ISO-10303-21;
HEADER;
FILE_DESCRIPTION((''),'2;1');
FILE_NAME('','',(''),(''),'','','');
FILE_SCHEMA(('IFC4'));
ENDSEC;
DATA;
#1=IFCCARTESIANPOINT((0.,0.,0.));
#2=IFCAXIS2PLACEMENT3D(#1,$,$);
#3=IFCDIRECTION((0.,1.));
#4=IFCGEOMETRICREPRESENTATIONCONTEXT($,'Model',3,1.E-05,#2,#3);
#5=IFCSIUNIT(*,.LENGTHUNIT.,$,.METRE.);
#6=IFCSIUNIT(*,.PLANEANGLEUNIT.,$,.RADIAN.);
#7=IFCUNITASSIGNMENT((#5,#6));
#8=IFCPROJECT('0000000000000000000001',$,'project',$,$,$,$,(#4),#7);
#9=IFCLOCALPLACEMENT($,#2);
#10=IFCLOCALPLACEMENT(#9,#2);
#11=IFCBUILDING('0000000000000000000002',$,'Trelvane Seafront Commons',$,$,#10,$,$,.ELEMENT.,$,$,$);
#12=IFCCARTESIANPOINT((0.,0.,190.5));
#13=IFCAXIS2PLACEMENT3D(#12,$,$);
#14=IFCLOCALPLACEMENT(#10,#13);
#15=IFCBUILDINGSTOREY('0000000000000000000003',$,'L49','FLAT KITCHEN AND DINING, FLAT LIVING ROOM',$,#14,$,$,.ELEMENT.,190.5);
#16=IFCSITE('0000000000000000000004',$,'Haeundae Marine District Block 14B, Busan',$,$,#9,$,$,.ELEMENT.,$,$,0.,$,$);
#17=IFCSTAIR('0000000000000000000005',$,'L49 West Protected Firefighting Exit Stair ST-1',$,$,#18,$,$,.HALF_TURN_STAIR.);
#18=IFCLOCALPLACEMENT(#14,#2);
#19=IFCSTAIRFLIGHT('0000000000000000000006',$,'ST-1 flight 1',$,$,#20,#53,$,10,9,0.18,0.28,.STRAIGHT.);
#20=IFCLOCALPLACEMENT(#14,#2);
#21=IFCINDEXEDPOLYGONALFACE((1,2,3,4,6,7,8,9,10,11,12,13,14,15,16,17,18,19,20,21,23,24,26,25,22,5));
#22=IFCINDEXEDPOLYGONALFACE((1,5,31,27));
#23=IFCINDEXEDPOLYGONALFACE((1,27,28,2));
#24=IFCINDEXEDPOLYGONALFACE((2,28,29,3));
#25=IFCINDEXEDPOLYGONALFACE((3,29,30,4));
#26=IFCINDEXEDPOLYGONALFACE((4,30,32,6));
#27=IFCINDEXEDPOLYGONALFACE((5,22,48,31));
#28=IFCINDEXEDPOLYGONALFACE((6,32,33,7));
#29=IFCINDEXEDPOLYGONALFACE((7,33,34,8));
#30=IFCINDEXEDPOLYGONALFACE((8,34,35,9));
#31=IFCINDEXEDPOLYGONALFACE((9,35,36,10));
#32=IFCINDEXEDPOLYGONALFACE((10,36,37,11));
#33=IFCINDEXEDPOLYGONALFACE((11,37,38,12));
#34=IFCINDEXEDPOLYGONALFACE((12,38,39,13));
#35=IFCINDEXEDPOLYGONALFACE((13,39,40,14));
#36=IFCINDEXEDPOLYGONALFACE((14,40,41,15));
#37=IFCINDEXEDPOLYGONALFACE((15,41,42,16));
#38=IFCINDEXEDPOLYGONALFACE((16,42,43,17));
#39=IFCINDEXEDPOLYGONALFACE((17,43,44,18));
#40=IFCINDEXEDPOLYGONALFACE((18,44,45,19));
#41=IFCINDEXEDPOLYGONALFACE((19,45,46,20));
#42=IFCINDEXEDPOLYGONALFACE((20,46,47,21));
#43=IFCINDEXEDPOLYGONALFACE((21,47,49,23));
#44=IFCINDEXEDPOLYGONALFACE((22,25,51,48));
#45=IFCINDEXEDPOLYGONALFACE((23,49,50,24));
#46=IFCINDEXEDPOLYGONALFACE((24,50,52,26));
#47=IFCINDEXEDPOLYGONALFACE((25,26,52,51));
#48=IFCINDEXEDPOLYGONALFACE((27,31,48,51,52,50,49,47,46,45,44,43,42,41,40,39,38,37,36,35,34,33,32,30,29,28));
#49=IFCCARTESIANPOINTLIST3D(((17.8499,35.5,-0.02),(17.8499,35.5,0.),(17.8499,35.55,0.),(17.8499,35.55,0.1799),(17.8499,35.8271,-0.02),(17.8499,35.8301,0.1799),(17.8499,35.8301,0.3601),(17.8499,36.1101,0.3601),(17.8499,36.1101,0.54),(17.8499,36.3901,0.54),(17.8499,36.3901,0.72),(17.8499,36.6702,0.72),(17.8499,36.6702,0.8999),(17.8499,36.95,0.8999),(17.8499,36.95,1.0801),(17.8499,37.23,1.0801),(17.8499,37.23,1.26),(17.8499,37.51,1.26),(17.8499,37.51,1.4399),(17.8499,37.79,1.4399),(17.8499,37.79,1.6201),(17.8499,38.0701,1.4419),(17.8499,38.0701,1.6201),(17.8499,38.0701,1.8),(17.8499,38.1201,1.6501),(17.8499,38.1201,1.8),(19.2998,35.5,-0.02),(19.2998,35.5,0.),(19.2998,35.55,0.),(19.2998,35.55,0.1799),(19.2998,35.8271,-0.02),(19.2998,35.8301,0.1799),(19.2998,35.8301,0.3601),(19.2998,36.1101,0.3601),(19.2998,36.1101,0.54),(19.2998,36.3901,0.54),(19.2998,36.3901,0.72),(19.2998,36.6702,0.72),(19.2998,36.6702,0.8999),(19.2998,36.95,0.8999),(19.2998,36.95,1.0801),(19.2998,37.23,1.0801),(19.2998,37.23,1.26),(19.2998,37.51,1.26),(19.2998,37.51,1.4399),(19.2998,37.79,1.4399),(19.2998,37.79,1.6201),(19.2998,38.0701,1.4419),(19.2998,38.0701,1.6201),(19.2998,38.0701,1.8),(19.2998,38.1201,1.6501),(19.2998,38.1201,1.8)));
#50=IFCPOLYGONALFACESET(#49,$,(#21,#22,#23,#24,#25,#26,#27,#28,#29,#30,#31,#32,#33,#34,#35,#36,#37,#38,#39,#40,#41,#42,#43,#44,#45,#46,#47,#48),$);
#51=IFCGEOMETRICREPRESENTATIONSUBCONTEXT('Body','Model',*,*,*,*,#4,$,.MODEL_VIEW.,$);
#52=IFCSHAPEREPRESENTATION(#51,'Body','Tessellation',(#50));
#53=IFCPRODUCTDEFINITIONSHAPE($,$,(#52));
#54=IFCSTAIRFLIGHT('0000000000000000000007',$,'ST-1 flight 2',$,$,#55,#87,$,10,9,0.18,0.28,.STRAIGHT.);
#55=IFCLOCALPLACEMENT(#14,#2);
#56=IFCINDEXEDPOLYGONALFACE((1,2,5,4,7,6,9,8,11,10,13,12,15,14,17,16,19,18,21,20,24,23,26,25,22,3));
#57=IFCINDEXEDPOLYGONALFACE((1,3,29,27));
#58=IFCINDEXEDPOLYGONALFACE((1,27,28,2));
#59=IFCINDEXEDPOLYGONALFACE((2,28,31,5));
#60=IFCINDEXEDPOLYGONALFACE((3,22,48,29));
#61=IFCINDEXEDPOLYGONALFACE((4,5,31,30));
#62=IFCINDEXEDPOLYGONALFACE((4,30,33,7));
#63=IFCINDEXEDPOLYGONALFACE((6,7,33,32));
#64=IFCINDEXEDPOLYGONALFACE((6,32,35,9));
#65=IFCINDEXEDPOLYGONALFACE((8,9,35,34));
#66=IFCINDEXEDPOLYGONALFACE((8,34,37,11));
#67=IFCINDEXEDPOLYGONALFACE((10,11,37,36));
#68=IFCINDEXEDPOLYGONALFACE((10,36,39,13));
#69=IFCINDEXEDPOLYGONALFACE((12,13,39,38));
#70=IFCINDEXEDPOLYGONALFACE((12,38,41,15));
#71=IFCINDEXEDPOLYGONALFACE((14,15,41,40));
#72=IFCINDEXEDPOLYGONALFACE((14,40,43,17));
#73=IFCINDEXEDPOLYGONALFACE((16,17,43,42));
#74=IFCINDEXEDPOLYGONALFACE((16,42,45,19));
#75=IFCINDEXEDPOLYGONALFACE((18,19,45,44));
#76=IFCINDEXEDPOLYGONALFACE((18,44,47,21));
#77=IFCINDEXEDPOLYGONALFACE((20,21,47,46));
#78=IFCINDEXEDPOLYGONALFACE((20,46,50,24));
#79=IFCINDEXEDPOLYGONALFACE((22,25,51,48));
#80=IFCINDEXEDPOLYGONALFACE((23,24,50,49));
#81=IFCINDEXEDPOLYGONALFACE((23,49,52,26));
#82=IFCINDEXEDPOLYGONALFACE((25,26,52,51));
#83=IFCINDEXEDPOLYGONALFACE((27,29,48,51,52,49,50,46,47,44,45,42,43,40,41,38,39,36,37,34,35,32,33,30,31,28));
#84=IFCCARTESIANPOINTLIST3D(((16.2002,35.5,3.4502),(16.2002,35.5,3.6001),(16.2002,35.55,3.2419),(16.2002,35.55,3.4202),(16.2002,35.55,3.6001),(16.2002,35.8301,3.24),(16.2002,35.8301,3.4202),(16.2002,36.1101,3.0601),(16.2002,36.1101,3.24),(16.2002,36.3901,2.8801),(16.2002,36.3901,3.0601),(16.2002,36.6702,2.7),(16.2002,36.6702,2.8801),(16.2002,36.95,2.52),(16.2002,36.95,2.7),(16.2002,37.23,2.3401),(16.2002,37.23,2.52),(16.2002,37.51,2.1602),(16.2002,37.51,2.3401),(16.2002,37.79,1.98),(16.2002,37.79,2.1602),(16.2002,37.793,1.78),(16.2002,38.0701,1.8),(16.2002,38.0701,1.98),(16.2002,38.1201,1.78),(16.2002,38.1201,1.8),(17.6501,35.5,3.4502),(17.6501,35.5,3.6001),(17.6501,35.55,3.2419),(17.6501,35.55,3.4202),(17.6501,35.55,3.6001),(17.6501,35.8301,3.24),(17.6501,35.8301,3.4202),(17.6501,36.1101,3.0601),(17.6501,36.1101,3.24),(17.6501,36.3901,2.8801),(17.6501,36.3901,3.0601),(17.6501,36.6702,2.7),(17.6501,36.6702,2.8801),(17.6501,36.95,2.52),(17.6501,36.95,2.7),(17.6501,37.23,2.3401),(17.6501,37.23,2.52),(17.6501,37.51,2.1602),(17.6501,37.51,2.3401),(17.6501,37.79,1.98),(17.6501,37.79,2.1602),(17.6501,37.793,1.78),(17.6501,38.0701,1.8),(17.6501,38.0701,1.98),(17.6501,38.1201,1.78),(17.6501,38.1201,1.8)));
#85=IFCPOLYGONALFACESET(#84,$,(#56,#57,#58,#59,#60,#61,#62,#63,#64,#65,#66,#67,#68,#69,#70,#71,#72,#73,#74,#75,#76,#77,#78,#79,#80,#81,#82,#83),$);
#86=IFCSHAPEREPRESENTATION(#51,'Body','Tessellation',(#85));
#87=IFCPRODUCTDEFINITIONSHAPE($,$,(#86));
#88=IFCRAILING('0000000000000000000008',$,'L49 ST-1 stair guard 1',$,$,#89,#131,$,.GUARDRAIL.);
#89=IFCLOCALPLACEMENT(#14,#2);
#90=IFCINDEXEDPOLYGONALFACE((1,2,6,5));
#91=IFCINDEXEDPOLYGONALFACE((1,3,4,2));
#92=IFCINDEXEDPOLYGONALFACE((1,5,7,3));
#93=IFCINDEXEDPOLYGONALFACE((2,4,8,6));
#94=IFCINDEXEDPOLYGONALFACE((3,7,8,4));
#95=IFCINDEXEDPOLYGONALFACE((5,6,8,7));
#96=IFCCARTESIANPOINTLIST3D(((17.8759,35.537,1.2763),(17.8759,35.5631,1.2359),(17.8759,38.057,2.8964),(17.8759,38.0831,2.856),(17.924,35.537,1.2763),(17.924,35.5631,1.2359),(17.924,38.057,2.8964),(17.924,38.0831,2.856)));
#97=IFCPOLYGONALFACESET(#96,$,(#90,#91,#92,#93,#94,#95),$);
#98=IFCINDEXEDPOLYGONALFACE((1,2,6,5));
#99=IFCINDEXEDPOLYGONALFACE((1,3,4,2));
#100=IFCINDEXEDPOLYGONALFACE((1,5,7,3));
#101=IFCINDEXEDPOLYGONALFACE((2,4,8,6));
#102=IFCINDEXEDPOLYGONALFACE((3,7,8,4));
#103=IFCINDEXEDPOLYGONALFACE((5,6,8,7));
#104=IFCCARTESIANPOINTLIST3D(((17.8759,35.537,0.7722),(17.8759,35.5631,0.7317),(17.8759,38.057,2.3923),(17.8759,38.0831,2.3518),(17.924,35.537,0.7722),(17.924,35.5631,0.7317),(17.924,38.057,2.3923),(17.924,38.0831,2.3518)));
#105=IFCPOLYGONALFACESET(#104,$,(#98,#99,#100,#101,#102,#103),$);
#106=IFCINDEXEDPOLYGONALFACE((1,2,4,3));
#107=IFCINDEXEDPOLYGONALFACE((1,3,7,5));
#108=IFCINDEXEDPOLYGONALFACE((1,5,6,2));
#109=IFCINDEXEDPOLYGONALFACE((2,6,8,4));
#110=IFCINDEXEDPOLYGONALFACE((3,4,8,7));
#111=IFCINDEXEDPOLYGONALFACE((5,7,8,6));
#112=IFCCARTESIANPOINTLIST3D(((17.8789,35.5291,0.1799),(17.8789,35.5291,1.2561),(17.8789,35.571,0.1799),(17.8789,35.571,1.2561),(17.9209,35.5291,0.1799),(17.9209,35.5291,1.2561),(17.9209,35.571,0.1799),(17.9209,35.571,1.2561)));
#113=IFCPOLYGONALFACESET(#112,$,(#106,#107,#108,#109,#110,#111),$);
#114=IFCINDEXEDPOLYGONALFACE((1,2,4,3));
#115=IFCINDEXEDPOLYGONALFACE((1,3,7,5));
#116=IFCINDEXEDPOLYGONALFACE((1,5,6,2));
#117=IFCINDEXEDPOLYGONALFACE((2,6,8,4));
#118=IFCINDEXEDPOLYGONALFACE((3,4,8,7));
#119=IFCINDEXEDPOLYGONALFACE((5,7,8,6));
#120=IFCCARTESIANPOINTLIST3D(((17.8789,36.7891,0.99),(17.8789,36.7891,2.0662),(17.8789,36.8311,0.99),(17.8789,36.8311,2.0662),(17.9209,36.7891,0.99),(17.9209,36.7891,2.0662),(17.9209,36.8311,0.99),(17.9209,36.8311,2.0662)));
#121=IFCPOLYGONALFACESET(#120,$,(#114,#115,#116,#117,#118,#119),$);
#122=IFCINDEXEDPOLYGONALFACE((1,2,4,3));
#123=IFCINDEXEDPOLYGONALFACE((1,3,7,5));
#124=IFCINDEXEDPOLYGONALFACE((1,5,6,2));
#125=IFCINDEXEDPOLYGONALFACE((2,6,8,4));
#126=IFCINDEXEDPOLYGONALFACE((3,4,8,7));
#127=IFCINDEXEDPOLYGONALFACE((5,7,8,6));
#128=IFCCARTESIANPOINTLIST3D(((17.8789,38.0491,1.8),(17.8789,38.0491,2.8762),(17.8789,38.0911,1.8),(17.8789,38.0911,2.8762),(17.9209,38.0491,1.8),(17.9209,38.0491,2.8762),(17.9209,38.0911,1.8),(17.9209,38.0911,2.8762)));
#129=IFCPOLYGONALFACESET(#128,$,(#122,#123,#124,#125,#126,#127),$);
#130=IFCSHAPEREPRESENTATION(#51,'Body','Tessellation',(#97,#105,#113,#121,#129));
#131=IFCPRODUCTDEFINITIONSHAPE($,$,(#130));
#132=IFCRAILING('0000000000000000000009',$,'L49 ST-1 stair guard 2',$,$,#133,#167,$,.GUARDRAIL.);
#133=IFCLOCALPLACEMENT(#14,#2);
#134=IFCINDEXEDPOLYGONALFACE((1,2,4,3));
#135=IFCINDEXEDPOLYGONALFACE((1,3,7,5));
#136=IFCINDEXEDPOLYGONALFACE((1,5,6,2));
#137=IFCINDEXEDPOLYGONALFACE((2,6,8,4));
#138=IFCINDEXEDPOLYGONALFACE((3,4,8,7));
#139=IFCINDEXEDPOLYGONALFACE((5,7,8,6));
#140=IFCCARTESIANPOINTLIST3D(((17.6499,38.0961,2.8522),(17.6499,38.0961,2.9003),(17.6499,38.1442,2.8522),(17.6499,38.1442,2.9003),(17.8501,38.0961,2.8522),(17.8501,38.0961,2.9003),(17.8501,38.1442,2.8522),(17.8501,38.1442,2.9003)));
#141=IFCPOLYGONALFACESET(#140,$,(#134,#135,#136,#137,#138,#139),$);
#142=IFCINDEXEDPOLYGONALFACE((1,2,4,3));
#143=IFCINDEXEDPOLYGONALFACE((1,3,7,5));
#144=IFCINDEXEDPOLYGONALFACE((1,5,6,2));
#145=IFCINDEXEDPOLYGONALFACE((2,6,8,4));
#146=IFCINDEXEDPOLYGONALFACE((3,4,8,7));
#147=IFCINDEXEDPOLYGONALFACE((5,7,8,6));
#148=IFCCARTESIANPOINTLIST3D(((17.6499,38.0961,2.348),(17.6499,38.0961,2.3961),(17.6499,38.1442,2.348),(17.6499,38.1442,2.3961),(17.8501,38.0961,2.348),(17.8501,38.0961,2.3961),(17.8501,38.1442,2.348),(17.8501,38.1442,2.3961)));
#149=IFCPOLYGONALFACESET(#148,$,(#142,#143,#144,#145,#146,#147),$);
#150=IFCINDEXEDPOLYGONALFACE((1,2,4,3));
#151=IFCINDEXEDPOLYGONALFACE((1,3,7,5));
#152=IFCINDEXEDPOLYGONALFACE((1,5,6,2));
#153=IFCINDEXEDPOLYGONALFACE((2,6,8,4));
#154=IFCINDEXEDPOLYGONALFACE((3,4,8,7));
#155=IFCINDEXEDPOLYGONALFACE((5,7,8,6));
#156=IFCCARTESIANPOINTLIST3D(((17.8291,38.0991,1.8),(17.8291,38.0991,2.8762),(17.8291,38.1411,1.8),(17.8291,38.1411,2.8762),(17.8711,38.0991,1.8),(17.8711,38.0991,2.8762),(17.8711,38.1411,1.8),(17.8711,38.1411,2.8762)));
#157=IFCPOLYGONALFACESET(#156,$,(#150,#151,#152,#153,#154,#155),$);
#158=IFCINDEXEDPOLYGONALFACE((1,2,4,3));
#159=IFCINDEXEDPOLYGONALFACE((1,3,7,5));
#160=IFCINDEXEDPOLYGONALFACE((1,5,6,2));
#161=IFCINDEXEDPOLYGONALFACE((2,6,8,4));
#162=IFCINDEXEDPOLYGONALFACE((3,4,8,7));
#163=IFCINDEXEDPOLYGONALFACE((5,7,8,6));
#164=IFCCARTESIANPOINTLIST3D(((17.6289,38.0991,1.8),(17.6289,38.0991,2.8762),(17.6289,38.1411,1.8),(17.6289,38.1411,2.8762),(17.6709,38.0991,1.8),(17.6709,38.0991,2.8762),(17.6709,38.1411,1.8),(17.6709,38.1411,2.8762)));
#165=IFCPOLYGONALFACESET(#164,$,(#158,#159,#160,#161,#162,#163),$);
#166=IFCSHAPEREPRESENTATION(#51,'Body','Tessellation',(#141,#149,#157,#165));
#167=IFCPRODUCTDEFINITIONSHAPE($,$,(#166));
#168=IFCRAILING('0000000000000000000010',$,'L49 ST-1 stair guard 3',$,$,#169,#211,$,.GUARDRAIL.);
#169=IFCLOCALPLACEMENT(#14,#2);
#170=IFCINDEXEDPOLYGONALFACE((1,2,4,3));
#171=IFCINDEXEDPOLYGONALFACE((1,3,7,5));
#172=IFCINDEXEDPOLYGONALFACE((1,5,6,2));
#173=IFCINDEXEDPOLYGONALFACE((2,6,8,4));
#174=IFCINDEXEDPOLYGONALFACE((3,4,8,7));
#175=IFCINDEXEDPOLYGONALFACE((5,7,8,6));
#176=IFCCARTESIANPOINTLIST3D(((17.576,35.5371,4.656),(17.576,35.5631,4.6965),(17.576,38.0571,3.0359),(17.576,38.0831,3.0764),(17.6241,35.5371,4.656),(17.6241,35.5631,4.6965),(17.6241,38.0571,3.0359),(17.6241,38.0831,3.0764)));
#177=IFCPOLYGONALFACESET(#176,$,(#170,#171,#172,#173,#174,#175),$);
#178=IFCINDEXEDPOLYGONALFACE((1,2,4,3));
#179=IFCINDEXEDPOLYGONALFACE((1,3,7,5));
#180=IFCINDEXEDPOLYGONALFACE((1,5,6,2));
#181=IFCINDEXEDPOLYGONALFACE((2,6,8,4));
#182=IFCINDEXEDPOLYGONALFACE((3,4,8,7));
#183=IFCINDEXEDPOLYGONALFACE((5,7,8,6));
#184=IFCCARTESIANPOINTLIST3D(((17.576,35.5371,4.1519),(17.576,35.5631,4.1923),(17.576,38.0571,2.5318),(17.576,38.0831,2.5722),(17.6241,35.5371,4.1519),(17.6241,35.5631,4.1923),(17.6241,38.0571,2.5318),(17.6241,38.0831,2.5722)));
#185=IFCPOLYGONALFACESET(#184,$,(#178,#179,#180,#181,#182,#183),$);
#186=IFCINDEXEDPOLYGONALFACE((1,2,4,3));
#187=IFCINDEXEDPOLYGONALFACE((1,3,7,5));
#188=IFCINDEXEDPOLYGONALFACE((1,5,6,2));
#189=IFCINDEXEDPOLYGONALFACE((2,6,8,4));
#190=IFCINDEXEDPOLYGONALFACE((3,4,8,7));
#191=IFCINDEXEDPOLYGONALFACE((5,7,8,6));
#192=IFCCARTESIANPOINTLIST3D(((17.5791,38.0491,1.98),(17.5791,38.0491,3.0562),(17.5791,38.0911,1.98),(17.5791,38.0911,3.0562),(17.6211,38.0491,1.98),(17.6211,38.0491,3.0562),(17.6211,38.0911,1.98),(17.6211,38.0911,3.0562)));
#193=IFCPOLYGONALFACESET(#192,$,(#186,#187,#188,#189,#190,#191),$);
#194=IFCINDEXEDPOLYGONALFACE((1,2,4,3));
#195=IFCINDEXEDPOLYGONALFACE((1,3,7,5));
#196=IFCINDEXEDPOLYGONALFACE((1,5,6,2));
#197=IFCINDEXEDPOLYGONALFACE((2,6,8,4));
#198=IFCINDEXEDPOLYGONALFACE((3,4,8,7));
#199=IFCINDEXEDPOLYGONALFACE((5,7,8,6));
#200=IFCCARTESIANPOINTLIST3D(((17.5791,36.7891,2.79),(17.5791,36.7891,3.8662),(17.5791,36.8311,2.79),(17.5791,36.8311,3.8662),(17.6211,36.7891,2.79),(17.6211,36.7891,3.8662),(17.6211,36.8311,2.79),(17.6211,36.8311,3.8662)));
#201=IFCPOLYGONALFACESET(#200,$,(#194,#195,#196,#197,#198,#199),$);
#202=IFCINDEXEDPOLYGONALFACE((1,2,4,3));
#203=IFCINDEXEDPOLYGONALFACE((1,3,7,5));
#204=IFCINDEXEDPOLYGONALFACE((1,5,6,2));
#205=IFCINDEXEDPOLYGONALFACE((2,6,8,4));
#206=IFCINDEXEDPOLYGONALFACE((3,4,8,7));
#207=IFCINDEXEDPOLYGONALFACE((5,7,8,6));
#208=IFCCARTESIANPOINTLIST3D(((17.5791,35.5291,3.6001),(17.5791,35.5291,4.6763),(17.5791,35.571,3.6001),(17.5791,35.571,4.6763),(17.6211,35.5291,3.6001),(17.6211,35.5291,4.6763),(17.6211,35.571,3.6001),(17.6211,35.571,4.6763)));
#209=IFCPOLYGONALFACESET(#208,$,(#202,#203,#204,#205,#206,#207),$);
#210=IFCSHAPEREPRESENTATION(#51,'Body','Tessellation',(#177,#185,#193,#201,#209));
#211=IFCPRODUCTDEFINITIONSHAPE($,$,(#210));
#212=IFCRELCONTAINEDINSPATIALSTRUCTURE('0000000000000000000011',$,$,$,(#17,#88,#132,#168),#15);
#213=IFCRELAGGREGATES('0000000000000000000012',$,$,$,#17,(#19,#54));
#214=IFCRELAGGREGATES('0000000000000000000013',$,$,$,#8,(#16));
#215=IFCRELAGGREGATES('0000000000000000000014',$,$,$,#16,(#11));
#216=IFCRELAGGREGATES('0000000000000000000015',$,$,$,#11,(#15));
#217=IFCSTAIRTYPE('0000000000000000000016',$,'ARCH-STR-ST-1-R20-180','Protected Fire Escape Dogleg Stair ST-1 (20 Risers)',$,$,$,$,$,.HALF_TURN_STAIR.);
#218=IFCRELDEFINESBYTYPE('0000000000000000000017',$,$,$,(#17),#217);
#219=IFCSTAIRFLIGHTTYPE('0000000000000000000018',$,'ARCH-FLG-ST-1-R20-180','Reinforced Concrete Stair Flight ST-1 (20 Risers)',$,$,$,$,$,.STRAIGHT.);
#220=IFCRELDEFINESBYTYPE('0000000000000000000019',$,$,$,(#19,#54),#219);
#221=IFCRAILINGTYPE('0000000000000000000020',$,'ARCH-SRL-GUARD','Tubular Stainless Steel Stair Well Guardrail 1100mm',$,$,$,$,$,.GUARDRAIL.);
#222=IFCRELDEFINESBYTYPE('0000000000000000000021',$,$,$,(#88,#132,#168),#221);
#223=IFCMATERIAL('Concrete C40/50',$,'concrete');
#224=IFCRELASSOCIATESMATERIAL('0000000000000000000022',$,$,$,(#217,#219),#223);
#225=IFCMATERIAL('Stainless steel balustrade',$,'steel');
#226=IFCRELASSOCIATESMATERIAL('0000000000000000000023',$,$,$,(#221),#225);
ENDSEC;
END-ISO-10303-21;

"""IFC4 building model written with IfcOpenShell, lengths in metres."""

from ifc_helpers import new_model, si_unit, direction, frame, origin, origin_2d, place, context, subcontext, project, spatial, polyline, rectangle, outline, extrude, source, transform, mapped, material, type_object, element, aggregate, save


model = new_model("IFC4")

# Units and contexts
model_context = context("Model", 3, precision=1e-05, world=origin(), true_north=direction((0.0, 1.0)))
body_context = subcontext(model_context, "Body", "Model", "MODEL_VIEW")
ifc_project = project(units=[si_unit("LENGTHUNIT", "METRE"), si_unit("PLANEANGLEUNIT", "RADIAN")], contexts=[model_context])

# Site, building, storey
site_placement = place(None, origin())
site = spatial("IfcSite", under=ifc_project, at=site_placement, Name="Haeundae Marine District Block 14B, Busan", CompositionType="ELEMENT", RefElevation=0.0)
building_placement = place(site_placement, origin())
building = spatial("IfcBuilding", under=site, at=building_placement, Name="Trelvane Seafront Commons", CompositionType="ELEMENT")
storey_placement = place(building_placement, frame((0.0, 0.0, 190.5)))
storey = spatial("IfcBuildingStorey", under=building, at=storey_placement, Name="L49", Description="FLAT KITCHEN AND DINING, FLAT LIVING ROOM", CompositionType="ELEMENT", Elevation=190.5)

# Shared definitions
ifc_material_1 = material(Name="Concrete C40/50", Category="concrete")
ifc_material_2 = material(Name="Stainless steel balustrade", Category="steel")

# Stair, stair flights
stair_type = type_object("IfcStairType", Name="ARCH-STR-ST-1-R20-180", Description="Protected Fire Escape Dogleg Stair ST-1 (20 Risers)", PredefinedType="HALF_TURN_STAIR", material=ifc_material_1)
stair_placement = place(storey_placement, origin())
stair = element("IfcStair", 1, at=stair_placement, inside=storey, type_object=stair_type, Name="L49 West Protected Firefighting Exit Stair ST-1", PredefinedType="HALF_TURN_STAIR")
stair_flight_type = type_object("IfcStairFlightType", Name="ARCH-FLG-ST-1-R20-180", Description="Reinforced Concrete Stair Flight ST-1 (20 Risers)", PredefinedType="STRAIGHT", material=ifc_material_1)
shared_shape_1 = source(origin(), body_context, "Body", "SweptSolid", [
    extrude(outline(polyline([(-0.05, -0.02), (-0.05, 0.0), (0.0, 0.0), (0.0, 0.1799), (0.28, 0.1799), (0.28, 0.3601), (0.5601, 0.3601), (0.5601, 0.54), (0.8401, 0.54), (0.8401, 0.72), (1.1201, 0.72), (1.1201, 0.8999), (1.3999, 0.8999), (1.3999, 1.0801), (1.6799, 1.0801), (1.6799, 1.26), (1.96, 1.26), (1.96, 1.4399), (2.24, 1.4399), (2.24, 1.6201), (2.52, 1.6201), (2.52, 1.8), (2.5701, 1.8), (2.5701, 1.6501), (2.52, 1.4419), (0.2771, -0.02), (-0.05, -0.02)])), frame((0.0, 0.7251, 0.0), z_axis=(0.0, -1.0, 0.0), x_axis=(1.0, 0.0, 0.0)), (0.0, 0.0, 1.0), 1.45),
])
stair_flight_1_placement = place(storey_placement, frame((18.575, 35.55, 0.0), z_axis=(0.0, 0.0, 1.0), x_axis=(0.0, 1.0, 0.0)))
stair_flight_1 = element("IfcStairFlight", 2, at=stair_flight_1_placement, type_object=stair_flight_type, Name="ST-1 flight 1", NumberOfRisers=10, NumberOfTreads=9, PredefinedType="STRAIGHT", RiserHeight=0.18, TreadLength=0.28, context=body_context, shape_type="MappedRepresentation", body=[
    mapped(shared_shape_1, transform((0.0, 0.0, 0.0), x_axis=(1.0, 0.0, 0.0), y_axis=(0.0, 1.0, 0.0), z_axis=(0.0, 0.0, 1.0), scale=1.0)),
])
stair_flight_2_placement = place(storey_placement, frame((16.925, 38.0701, 1.8), z_axis=(0.0, 0.0, 1.0), x_axis=(0.0, -1.0, 0.0)))
stair_flight_2 = element("IfcStairFlight", 3, at=stair_flight_2_placement, type_object=stair_flight_type, Name="ST-1 flight 2", NumberOfRisers=10, NumberOfTreads=9, PredefinedType="STRAIGHT", RiserHeight=0.18, TreadLength=0.28, context=body_context, shape_type="MappedRepresentation", body=[
    mapped(shared_shape_1, transform((0.0, 0.0, 0.0), x_axis=(1.0, 0.0, 0.0), y_axis=(0.0, 1.0, 0.0), z_axis=(0.0, 0.0, 1.0), scale=1.0)),
])
aggregate(stair, [stair_flight_1, stair_flight_2])

# Railings
railing_type_1 = type_object("IfcRailingType", Name="ARCH-SRL-GUARD", Description="Tubular Stainless Steel Stair Well Guardrail 1100mm", PredefinedType="GUARDRAIL", material=ifc_material_2)
railing_1_placement = place(storey_placement, frame((17.8999, 35.55, 0.1799)))
element("IfcRailing", 4, at=railing_1_placement, inside=storey, type_object=railing_type_1, Name="L49 ST-1 stair guard 1", PredefinedType="GUARDRAIL", context=body_context, shape_type="SweptSolid", body=[
    extrude(rectangle(XDim=0.0481, YDim=0.0481, at=origin_2d()), frame((0.0, 0.0, 1.0762), z_axis=(0.0, 0.841163, 0.540782), x_axis=(-1.0, 0.0, 0.0)), (0.0, 0.0, 1.0), 2.9958),
    extrude(rectangle(XDim=0.0481, YDim=0.0481, at=origin_2d()), frame((0.0, 0.0, 0.572), z_axis=(0.0, 0.841163, 0.540782), x_axis=(-1.0, 0.0, 0.0)), (0.0, 0.0, 1.0), 2.9958),
    extrude(rectangle(XDim=0.042, YDim=0.042, at=origin_2d()), origin(), (0.0, 0.0, 1.0), 1.0762),
    extrude(rectangle(XDim=0.042, YDim=0.042, at=origin_2d()), frame((0.0, 1.26, 0.8101)), (0.0, 0.0, 1.0), 1.0762),
    extrude(rectangle(XDim=0.042, YDim=0.042, at=origin_2d()), frame((0.0, 2.52, 1.6201)), (0.0, 0.0, 1.0), 1.0762),
])
railing_2_placement = place(storey_placement, frame((17.8501, 38.1201, 1.8)))
element("IfcRailing", 5, at=railing_2_placement, inside=storey, type_object=railing_type_1, Name="L49 ST-1 stair guard 2", PredefinedType="GUARDRAIL", context=body_context, shape_type="SweptSolid", body=[
    extrude(rectangle(XDim=0.0481, YDim=0.0481, at=origin_2d()), frame((0.0, 0.0, 1.0762), z_axis=(-1.0, 0.0, 0.0), x_axis=(0.0, -1.0, 0.0)), (0.0, 0.0, 1.0), 0.2002),
    extrude(rectangle(XDim=0.0481, YDim=0.0481, at=origin_2d()), frame((0.0, 0.0, 0.572), z_axis=(-1.0, 0.0, 0.0), x_axis=(0.0, -1.0, 0.0)), (0.0, 0.0, 1.0), 0.2002),
    extrude(rectangle(XDim=0.042, YDim=0.042, at=origin_2d()), origin(), (0.0, 0.0, 1.0), 1.0762),
    extrude(rectangle(XDim=0.042, YDim=0.042, at=origin_2d()), frame((-0.2002, 0.0, 0.0)), (0.0, 0.0, 1.0), 1.0762),
])
railing_3_placement = place(storey_placement, frame((17.6001, 38.0701, 1.98)))
element("IfcRailing", 6, at=railing_3_placement, inside=storey, type_object=railing_type_1, Name="L49 ST-1 stair guard 3", PredefinedType="GUARDRAIL", context=body_context, shape_type="SweptSolid", body=[
    extrude(rectangle(XDim=0.0481, YDim=0.0481, at=origin_2d()), frame((0.0, 0.0, 1.0762), z_axis=(0.0, -0.841163, 0.540782), x_axis=(1.0, 0.0, 0.0)), (0.0, 0.0, 1.0), 2.9958),
    extrude(rectangle(XDim=0.0481, YDim=0.0481, at=origin_2d()), frame((0.0, 0.0, 0.572), z_axis=(0.0, -0.841163, 0.540782), x_axis=(1.0, 0.0, 0.0)), (0.0, 0.0, 1.0), 2.9958),
    extrude(rectangle(XDim=0.042, YDim=0.042, at=origin_2d()), origin(), (0.0, 0.0, 1.0), 1.0762),
    extrude(rectangle(XDim=0.042, YDim=0.042, at=origin_2d()), frame((0.0, -1.26, 0.8101)), (0.0, 0.0, 1.0), 1.0762),
    extrude(rectangle(XDim=0.042, YDim=0.042, at=origin_2d()), frame((0.0, -2.52, 1.6201)), (0.0, 0.0, 1.0), 1.0762),
])

save(model, "model.ifc")
